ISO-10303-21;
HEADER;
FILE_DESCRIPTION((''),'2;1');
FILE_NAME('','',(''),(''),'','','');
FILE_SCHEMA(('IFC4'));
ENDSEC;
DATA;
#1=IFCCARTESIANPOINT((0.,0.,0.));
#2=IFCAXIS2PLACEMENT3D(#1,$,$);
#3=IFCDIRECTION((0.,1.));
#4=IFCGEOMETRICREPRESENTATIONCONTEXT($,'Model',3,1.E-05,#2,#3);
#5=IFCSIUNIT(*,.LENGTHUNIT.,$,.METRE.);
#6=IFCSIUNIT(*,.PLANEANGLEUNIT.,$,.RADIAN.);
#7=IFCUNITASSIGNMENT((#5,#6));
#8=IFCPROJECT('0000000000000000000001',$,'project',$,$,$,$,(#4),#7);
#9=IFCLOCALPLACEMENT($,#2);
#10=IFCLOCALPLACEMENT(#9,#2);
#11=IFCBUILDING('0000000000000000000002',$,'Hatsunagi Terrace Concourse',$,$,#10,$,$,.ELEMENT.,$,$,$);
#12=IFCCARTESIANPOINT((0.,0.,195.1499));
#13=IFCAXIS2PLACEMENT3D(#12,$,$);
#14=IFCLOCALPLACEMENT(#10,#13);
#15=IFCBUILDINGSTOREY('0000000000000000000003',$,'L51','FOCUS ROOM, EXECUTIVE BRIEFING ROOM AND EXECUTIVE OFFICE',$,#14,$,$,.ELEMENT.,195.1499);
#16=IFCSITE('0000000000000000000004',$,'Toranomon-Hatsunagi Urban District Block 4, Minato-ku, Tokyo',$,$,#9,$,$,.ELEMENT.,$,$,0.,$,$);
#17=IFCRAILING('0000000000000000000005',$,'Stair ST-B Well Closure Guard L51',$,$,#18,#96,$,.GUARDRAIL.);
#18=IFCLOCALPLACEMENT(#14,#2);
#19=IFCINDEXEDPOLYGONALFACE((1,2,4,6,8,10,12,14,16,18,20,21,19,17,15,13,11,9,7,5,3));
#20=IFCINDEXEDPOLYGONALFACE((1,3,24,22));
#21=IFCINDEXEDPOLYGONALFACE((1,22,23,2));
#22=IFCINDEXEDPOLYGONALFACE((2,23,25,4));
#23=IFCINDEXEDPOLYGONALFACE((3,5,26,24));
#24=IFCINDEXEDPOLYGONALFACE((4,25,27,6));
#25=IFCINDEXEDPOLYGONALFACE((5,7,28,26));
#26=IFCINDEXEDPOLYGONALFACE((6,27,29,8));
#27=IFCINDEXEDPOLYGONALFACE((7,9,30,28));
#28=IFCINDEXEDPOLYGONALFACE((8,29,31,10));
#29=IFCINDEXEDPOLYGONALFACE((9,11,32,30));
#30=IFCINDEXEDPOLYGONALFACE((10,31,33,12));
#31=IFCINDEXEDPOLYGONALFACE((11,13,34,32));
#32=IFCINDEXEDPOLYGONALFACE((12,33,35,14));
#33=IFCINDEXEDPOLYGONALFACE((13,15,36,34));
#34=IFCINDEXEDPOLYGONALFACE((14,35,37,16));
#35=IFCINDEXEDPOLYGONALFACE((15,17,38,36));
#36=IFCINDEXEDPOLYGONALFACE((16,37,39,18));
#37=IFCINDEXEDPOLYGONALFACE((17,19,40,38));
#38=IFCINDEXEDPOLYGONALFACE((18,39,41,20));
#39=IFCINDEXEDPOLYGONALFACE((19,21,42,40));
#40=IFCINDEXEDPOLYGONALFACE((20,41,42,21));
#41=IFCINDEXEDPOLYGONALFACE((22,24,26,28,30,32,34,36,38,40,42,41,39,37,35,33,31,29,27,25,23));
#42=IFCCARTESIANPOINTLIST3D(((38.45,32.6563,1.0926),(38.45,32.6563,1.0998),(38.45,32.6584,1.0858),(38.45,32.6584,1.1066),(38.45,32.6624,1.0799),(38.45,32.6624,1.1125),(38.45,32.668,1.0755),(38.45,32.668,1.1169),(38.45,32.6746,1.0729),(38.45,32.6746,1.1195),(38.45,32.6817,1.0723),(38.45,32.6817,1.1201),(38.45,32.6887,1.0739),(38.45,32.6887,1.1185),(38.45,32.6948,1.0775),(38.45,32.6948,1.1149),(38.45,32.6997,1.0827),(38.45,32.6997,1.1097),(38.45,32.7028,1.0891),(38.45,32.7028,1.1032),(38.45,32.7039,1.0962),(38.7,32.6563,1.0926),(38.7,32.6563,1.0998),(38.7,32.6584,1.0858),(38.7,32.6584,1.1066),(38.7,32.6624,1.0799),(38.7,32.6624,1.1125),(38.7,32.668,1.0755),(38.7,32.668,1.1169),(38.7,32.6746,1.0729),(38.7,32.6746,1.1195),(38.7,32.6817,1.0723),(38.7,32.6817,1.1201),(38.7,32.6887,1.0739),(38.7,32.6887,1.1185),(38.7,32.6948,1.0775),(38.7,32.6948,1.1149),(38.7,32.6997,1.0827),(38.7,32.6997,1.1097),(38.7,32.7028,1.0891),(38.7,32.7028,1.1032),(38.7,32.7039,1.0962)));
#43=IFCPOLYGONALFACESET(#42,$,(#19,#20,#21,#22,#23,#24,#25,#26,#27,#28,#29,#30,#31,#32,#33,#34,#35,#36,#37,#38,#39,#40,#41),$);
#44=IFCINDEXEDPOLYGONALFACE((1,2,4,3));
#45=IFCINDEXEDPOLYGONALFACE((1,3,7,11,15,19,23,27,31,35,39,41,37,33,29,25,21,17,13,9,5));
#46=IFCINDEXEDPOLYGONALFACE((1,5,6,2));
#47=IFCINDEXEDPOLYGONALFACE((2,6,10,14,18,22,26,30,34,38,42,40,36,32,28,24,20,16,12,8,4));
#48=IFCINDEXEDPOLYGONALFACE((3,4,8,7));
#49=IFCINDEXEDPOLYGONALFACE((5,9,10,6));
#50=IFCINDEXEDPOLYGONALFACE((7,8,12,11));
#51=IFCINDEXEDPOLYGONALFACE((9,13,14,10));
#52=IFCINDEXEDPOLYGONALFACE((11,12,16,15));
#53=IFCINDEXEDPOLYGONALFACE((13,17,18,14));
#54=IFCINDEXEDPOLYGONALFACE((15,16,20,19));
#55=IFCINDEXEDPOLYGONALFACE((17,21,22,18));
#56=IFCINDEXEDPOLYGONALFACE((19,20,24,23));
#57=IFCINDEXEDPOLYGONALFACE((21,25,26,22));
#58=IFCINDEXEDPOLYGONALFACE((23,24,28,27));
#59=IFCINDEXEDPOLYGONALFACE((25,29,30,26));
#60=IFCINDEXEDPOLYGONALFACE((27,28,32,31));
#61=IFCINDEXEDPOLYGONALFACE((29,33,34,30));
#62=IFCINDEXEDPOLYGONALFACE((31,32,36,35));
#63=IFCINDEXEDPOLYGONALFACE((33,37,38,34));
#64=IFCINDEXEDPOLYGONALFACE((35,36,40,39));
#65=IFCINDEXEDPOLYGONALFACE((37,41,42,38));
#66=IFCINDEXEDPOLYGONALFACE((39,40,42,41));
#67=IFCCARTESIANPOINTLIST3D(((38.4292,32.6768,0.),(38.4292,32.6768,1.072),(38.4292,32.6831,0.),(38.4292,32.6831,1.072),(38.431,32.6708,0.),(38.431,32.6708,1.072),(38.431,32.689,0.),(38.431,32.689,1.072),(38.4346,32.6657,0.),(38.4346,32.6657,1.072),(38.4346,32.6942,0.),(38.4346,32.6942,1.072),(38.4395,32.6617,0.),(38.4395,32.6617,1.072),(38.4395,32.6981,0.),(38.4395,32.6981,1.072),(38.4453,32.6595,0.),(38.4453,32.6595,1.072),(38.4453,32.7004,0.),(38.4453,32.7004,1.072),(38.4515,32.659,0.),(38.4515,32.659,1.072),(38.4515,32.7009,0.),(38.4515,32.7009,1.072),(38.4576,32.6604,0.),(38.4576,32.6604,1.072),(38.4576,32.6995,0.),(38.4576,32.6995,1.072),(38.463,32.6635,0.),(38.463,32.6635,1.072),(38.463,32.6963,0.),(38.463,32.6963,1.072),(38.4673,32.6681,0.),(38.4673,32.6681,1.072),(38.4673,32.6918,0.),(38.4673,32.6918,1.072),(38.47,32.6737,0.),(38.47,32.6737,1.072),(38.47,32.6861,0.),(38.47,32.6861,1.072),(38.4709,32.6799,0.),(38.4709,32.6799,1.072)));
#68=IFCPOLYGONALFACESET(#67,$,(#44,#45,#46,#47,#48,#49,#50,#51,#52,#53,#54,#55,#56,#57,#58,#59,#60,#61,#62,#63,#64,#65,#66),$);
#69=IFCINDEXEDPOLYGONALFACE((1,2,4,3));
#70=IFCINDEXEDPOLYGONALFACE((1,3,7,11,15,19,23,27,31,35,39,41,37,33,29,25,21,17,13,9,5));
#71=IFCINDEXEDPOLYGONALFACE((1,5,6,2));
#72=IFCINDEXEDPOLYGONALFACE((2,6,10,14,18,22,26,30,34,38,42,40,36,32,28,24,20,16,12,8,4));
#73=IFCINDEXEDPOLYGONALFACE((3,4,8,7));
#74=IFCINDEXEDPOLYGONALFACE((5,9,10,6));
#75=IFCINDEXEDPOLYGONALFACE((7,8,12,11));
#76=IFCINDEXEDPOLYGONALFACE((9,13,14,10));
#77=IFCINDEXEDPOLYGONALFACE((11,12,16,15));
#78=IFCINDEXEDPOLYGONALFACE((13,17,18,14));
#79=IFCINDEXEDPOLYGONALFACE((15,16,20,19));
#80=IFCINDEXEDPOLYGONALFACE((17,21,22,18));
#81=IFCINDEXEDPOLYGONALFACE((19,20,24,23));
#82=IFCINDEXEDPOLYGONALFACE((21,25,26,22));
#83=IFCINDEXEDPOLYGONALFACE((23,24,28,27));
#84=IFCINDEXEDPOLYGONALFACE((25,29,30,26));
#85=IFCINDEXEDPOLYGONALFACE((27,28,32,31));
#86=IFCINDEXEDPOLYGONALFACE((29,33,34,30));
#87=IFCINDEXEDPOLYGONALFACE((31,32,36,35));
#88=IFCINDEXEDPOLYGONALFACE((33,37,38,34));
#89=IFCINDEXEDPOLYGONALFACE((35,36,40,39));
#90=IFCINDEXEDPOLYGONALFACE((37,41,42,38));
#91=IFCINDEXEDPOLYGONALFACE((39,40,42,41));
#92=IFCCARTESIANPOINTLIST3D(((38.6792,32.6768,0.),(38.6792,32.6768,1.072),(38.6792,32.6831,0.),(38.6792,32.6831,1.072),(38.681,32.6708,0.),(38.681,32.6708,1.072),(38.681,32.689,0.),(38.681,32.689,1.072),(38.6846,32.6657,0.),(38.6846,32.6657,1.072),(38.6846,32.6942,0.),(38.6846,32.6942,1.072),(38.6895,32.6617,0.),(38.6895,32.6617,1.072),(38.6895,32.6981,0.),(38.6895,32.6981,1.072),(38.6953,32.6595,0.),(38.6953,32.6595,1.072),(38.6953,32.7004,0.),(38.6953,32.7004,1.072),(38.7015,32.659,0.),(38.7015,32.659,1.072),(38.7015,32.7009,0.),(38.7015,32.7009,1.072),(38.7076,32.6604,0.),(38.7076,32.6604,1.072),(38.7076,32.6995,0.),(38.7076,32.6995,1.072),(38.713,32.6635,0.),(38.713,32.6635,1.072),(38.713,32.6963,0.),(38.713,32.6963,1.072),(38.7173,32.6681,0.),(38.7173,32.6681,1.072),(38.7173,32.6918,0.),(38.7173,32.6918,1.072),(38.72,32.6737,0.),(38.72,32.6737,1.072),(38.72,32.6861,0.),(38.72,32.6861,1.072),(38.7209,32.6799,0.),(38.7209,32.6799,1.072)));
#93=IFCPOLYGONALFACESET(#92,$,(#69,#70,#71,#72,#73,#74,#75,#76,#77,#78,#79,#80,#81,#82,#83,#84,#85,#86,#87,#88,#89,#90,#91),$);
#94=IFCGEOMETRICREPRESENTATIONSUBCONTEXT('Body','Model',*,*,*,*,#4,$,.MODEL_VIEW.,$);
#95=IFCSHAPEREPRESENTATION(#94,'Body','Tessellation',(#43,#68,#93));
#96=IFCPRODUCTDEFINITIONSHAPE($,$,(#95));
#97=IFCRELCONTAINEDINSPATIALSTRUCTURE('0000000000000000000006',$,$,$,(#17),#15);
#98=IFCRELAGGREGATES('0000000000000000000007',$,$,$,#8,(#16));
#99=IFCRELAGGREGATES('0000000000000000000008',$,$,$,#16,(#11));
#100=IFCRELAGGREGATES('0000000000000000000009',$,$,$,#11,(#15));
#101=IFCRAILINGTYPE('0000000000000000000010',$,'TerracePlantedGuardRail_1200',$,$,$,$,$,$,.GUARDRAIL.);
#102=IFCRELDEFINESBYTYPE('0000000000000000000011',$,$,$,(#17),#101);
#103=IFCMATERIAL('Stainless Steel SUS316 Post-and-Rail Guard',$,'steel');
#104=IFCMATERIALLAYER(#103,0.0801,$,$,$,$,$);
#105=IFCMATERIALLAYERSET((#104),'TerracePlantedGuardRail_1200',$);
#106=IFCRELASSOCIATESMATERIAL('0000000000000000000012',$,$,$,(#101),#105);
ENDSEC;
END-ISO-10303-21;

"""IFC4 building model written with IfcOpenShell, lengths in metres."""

from ifc_helpers import new_model, si_unit, direction, frame, origin, origin_2d, place, context, subcontext, project, spatial, circle, extrude, material, layer, layer_set, type_object, element, save


model = new_model("IFC4")

# Units and contexts
model_context = context("Model", 3, precision=1e-05, world=origin(), true_north=direction((0.0, 1.0)))
body_context = subcontext(model_context, "Body", "Model", "MODEL_VIEW")
ifc_project = project(units=[si_unit("LENGTHUNIT", "METRE"), si_unit("PLANEANGLEUNIT", "RADIAN")], contexts=[model_context])

# Site, building, storey
site_placement = place(None, origin())
site = spatial("IfcSite", under=ifc_project, at=site_placement, Name="Toranomon-Hatsunagi Urban District Block 4, Minato-ku, Tokyo", CompositionType="ELEMENT", RefElevation=0.0)
building_placement = place(site_placement, origin())
building = spatial("IfcBuilding", under=site, at=building_placement, Name="Hatsunagi Terrace Concourse", CompositionType="ELEMENT")
storey_placement = place(building_placement, frame((0.0, 0.0, 195.1499)))
storey = spatial("IfcBuildingStorey", under=building, at=storey_placement, Name="L51", Description="FOCUS ROOM, EXECUTIVE BRIEFING ROOM AND EXECUTIVE OFFICE", CompositionType="ELEMENT", Elevation=195.1499)

# Railing
ifc_material_1 = material(Name="Stainless Steel SUS316 Post-and-Rail Guard", Category="steel")
ifc_layer_1 = layer(ifc_material_1, 0.0801)
ifc_layer_set_1 = layer_set([ifc_layer_1], Name="TerracePlantedGuardRail_1200")
railing_type_1 = type_object("IfcRailingType", Name="TerracePlantedGuardRail_1200", PredefinedType="GUARDRAIL", material=ifc_layer_set_1)
railing_1_placement = place(storey_placement, frame((38.45, 32.6799, 0.0)))
element("IfcRailing", 1, at=railing_1_placement, inside=storey, type_object=railing_type_1, Name="Stair ST-B Well Closure Guard L51", PredefinedType="GUARDRAIL", context=body_context, shape_type="SweptSolid", body=[
    extrude(circle(Radius=0.0239, at=origin_2d()), frame((0.0, 0.0, 1.0962), z_axis=(1.0, 0.0, 0.0), x_axis=(0.0, 1.0, 0.0)), (0.0, 0.0, 1.0), 0.25),
    extrude(circle(Radius=0.021, at=origin_2d()), origin(), (0.0, 0.0, 1.0), 1.072),
    extrude(circle(Radius=0.021, at=origin_2d()), frame((0.25, 0.0, 0.0)), (0.0, 0.0, 1.0), 1.072),
])

save(model, "model.ifc")
